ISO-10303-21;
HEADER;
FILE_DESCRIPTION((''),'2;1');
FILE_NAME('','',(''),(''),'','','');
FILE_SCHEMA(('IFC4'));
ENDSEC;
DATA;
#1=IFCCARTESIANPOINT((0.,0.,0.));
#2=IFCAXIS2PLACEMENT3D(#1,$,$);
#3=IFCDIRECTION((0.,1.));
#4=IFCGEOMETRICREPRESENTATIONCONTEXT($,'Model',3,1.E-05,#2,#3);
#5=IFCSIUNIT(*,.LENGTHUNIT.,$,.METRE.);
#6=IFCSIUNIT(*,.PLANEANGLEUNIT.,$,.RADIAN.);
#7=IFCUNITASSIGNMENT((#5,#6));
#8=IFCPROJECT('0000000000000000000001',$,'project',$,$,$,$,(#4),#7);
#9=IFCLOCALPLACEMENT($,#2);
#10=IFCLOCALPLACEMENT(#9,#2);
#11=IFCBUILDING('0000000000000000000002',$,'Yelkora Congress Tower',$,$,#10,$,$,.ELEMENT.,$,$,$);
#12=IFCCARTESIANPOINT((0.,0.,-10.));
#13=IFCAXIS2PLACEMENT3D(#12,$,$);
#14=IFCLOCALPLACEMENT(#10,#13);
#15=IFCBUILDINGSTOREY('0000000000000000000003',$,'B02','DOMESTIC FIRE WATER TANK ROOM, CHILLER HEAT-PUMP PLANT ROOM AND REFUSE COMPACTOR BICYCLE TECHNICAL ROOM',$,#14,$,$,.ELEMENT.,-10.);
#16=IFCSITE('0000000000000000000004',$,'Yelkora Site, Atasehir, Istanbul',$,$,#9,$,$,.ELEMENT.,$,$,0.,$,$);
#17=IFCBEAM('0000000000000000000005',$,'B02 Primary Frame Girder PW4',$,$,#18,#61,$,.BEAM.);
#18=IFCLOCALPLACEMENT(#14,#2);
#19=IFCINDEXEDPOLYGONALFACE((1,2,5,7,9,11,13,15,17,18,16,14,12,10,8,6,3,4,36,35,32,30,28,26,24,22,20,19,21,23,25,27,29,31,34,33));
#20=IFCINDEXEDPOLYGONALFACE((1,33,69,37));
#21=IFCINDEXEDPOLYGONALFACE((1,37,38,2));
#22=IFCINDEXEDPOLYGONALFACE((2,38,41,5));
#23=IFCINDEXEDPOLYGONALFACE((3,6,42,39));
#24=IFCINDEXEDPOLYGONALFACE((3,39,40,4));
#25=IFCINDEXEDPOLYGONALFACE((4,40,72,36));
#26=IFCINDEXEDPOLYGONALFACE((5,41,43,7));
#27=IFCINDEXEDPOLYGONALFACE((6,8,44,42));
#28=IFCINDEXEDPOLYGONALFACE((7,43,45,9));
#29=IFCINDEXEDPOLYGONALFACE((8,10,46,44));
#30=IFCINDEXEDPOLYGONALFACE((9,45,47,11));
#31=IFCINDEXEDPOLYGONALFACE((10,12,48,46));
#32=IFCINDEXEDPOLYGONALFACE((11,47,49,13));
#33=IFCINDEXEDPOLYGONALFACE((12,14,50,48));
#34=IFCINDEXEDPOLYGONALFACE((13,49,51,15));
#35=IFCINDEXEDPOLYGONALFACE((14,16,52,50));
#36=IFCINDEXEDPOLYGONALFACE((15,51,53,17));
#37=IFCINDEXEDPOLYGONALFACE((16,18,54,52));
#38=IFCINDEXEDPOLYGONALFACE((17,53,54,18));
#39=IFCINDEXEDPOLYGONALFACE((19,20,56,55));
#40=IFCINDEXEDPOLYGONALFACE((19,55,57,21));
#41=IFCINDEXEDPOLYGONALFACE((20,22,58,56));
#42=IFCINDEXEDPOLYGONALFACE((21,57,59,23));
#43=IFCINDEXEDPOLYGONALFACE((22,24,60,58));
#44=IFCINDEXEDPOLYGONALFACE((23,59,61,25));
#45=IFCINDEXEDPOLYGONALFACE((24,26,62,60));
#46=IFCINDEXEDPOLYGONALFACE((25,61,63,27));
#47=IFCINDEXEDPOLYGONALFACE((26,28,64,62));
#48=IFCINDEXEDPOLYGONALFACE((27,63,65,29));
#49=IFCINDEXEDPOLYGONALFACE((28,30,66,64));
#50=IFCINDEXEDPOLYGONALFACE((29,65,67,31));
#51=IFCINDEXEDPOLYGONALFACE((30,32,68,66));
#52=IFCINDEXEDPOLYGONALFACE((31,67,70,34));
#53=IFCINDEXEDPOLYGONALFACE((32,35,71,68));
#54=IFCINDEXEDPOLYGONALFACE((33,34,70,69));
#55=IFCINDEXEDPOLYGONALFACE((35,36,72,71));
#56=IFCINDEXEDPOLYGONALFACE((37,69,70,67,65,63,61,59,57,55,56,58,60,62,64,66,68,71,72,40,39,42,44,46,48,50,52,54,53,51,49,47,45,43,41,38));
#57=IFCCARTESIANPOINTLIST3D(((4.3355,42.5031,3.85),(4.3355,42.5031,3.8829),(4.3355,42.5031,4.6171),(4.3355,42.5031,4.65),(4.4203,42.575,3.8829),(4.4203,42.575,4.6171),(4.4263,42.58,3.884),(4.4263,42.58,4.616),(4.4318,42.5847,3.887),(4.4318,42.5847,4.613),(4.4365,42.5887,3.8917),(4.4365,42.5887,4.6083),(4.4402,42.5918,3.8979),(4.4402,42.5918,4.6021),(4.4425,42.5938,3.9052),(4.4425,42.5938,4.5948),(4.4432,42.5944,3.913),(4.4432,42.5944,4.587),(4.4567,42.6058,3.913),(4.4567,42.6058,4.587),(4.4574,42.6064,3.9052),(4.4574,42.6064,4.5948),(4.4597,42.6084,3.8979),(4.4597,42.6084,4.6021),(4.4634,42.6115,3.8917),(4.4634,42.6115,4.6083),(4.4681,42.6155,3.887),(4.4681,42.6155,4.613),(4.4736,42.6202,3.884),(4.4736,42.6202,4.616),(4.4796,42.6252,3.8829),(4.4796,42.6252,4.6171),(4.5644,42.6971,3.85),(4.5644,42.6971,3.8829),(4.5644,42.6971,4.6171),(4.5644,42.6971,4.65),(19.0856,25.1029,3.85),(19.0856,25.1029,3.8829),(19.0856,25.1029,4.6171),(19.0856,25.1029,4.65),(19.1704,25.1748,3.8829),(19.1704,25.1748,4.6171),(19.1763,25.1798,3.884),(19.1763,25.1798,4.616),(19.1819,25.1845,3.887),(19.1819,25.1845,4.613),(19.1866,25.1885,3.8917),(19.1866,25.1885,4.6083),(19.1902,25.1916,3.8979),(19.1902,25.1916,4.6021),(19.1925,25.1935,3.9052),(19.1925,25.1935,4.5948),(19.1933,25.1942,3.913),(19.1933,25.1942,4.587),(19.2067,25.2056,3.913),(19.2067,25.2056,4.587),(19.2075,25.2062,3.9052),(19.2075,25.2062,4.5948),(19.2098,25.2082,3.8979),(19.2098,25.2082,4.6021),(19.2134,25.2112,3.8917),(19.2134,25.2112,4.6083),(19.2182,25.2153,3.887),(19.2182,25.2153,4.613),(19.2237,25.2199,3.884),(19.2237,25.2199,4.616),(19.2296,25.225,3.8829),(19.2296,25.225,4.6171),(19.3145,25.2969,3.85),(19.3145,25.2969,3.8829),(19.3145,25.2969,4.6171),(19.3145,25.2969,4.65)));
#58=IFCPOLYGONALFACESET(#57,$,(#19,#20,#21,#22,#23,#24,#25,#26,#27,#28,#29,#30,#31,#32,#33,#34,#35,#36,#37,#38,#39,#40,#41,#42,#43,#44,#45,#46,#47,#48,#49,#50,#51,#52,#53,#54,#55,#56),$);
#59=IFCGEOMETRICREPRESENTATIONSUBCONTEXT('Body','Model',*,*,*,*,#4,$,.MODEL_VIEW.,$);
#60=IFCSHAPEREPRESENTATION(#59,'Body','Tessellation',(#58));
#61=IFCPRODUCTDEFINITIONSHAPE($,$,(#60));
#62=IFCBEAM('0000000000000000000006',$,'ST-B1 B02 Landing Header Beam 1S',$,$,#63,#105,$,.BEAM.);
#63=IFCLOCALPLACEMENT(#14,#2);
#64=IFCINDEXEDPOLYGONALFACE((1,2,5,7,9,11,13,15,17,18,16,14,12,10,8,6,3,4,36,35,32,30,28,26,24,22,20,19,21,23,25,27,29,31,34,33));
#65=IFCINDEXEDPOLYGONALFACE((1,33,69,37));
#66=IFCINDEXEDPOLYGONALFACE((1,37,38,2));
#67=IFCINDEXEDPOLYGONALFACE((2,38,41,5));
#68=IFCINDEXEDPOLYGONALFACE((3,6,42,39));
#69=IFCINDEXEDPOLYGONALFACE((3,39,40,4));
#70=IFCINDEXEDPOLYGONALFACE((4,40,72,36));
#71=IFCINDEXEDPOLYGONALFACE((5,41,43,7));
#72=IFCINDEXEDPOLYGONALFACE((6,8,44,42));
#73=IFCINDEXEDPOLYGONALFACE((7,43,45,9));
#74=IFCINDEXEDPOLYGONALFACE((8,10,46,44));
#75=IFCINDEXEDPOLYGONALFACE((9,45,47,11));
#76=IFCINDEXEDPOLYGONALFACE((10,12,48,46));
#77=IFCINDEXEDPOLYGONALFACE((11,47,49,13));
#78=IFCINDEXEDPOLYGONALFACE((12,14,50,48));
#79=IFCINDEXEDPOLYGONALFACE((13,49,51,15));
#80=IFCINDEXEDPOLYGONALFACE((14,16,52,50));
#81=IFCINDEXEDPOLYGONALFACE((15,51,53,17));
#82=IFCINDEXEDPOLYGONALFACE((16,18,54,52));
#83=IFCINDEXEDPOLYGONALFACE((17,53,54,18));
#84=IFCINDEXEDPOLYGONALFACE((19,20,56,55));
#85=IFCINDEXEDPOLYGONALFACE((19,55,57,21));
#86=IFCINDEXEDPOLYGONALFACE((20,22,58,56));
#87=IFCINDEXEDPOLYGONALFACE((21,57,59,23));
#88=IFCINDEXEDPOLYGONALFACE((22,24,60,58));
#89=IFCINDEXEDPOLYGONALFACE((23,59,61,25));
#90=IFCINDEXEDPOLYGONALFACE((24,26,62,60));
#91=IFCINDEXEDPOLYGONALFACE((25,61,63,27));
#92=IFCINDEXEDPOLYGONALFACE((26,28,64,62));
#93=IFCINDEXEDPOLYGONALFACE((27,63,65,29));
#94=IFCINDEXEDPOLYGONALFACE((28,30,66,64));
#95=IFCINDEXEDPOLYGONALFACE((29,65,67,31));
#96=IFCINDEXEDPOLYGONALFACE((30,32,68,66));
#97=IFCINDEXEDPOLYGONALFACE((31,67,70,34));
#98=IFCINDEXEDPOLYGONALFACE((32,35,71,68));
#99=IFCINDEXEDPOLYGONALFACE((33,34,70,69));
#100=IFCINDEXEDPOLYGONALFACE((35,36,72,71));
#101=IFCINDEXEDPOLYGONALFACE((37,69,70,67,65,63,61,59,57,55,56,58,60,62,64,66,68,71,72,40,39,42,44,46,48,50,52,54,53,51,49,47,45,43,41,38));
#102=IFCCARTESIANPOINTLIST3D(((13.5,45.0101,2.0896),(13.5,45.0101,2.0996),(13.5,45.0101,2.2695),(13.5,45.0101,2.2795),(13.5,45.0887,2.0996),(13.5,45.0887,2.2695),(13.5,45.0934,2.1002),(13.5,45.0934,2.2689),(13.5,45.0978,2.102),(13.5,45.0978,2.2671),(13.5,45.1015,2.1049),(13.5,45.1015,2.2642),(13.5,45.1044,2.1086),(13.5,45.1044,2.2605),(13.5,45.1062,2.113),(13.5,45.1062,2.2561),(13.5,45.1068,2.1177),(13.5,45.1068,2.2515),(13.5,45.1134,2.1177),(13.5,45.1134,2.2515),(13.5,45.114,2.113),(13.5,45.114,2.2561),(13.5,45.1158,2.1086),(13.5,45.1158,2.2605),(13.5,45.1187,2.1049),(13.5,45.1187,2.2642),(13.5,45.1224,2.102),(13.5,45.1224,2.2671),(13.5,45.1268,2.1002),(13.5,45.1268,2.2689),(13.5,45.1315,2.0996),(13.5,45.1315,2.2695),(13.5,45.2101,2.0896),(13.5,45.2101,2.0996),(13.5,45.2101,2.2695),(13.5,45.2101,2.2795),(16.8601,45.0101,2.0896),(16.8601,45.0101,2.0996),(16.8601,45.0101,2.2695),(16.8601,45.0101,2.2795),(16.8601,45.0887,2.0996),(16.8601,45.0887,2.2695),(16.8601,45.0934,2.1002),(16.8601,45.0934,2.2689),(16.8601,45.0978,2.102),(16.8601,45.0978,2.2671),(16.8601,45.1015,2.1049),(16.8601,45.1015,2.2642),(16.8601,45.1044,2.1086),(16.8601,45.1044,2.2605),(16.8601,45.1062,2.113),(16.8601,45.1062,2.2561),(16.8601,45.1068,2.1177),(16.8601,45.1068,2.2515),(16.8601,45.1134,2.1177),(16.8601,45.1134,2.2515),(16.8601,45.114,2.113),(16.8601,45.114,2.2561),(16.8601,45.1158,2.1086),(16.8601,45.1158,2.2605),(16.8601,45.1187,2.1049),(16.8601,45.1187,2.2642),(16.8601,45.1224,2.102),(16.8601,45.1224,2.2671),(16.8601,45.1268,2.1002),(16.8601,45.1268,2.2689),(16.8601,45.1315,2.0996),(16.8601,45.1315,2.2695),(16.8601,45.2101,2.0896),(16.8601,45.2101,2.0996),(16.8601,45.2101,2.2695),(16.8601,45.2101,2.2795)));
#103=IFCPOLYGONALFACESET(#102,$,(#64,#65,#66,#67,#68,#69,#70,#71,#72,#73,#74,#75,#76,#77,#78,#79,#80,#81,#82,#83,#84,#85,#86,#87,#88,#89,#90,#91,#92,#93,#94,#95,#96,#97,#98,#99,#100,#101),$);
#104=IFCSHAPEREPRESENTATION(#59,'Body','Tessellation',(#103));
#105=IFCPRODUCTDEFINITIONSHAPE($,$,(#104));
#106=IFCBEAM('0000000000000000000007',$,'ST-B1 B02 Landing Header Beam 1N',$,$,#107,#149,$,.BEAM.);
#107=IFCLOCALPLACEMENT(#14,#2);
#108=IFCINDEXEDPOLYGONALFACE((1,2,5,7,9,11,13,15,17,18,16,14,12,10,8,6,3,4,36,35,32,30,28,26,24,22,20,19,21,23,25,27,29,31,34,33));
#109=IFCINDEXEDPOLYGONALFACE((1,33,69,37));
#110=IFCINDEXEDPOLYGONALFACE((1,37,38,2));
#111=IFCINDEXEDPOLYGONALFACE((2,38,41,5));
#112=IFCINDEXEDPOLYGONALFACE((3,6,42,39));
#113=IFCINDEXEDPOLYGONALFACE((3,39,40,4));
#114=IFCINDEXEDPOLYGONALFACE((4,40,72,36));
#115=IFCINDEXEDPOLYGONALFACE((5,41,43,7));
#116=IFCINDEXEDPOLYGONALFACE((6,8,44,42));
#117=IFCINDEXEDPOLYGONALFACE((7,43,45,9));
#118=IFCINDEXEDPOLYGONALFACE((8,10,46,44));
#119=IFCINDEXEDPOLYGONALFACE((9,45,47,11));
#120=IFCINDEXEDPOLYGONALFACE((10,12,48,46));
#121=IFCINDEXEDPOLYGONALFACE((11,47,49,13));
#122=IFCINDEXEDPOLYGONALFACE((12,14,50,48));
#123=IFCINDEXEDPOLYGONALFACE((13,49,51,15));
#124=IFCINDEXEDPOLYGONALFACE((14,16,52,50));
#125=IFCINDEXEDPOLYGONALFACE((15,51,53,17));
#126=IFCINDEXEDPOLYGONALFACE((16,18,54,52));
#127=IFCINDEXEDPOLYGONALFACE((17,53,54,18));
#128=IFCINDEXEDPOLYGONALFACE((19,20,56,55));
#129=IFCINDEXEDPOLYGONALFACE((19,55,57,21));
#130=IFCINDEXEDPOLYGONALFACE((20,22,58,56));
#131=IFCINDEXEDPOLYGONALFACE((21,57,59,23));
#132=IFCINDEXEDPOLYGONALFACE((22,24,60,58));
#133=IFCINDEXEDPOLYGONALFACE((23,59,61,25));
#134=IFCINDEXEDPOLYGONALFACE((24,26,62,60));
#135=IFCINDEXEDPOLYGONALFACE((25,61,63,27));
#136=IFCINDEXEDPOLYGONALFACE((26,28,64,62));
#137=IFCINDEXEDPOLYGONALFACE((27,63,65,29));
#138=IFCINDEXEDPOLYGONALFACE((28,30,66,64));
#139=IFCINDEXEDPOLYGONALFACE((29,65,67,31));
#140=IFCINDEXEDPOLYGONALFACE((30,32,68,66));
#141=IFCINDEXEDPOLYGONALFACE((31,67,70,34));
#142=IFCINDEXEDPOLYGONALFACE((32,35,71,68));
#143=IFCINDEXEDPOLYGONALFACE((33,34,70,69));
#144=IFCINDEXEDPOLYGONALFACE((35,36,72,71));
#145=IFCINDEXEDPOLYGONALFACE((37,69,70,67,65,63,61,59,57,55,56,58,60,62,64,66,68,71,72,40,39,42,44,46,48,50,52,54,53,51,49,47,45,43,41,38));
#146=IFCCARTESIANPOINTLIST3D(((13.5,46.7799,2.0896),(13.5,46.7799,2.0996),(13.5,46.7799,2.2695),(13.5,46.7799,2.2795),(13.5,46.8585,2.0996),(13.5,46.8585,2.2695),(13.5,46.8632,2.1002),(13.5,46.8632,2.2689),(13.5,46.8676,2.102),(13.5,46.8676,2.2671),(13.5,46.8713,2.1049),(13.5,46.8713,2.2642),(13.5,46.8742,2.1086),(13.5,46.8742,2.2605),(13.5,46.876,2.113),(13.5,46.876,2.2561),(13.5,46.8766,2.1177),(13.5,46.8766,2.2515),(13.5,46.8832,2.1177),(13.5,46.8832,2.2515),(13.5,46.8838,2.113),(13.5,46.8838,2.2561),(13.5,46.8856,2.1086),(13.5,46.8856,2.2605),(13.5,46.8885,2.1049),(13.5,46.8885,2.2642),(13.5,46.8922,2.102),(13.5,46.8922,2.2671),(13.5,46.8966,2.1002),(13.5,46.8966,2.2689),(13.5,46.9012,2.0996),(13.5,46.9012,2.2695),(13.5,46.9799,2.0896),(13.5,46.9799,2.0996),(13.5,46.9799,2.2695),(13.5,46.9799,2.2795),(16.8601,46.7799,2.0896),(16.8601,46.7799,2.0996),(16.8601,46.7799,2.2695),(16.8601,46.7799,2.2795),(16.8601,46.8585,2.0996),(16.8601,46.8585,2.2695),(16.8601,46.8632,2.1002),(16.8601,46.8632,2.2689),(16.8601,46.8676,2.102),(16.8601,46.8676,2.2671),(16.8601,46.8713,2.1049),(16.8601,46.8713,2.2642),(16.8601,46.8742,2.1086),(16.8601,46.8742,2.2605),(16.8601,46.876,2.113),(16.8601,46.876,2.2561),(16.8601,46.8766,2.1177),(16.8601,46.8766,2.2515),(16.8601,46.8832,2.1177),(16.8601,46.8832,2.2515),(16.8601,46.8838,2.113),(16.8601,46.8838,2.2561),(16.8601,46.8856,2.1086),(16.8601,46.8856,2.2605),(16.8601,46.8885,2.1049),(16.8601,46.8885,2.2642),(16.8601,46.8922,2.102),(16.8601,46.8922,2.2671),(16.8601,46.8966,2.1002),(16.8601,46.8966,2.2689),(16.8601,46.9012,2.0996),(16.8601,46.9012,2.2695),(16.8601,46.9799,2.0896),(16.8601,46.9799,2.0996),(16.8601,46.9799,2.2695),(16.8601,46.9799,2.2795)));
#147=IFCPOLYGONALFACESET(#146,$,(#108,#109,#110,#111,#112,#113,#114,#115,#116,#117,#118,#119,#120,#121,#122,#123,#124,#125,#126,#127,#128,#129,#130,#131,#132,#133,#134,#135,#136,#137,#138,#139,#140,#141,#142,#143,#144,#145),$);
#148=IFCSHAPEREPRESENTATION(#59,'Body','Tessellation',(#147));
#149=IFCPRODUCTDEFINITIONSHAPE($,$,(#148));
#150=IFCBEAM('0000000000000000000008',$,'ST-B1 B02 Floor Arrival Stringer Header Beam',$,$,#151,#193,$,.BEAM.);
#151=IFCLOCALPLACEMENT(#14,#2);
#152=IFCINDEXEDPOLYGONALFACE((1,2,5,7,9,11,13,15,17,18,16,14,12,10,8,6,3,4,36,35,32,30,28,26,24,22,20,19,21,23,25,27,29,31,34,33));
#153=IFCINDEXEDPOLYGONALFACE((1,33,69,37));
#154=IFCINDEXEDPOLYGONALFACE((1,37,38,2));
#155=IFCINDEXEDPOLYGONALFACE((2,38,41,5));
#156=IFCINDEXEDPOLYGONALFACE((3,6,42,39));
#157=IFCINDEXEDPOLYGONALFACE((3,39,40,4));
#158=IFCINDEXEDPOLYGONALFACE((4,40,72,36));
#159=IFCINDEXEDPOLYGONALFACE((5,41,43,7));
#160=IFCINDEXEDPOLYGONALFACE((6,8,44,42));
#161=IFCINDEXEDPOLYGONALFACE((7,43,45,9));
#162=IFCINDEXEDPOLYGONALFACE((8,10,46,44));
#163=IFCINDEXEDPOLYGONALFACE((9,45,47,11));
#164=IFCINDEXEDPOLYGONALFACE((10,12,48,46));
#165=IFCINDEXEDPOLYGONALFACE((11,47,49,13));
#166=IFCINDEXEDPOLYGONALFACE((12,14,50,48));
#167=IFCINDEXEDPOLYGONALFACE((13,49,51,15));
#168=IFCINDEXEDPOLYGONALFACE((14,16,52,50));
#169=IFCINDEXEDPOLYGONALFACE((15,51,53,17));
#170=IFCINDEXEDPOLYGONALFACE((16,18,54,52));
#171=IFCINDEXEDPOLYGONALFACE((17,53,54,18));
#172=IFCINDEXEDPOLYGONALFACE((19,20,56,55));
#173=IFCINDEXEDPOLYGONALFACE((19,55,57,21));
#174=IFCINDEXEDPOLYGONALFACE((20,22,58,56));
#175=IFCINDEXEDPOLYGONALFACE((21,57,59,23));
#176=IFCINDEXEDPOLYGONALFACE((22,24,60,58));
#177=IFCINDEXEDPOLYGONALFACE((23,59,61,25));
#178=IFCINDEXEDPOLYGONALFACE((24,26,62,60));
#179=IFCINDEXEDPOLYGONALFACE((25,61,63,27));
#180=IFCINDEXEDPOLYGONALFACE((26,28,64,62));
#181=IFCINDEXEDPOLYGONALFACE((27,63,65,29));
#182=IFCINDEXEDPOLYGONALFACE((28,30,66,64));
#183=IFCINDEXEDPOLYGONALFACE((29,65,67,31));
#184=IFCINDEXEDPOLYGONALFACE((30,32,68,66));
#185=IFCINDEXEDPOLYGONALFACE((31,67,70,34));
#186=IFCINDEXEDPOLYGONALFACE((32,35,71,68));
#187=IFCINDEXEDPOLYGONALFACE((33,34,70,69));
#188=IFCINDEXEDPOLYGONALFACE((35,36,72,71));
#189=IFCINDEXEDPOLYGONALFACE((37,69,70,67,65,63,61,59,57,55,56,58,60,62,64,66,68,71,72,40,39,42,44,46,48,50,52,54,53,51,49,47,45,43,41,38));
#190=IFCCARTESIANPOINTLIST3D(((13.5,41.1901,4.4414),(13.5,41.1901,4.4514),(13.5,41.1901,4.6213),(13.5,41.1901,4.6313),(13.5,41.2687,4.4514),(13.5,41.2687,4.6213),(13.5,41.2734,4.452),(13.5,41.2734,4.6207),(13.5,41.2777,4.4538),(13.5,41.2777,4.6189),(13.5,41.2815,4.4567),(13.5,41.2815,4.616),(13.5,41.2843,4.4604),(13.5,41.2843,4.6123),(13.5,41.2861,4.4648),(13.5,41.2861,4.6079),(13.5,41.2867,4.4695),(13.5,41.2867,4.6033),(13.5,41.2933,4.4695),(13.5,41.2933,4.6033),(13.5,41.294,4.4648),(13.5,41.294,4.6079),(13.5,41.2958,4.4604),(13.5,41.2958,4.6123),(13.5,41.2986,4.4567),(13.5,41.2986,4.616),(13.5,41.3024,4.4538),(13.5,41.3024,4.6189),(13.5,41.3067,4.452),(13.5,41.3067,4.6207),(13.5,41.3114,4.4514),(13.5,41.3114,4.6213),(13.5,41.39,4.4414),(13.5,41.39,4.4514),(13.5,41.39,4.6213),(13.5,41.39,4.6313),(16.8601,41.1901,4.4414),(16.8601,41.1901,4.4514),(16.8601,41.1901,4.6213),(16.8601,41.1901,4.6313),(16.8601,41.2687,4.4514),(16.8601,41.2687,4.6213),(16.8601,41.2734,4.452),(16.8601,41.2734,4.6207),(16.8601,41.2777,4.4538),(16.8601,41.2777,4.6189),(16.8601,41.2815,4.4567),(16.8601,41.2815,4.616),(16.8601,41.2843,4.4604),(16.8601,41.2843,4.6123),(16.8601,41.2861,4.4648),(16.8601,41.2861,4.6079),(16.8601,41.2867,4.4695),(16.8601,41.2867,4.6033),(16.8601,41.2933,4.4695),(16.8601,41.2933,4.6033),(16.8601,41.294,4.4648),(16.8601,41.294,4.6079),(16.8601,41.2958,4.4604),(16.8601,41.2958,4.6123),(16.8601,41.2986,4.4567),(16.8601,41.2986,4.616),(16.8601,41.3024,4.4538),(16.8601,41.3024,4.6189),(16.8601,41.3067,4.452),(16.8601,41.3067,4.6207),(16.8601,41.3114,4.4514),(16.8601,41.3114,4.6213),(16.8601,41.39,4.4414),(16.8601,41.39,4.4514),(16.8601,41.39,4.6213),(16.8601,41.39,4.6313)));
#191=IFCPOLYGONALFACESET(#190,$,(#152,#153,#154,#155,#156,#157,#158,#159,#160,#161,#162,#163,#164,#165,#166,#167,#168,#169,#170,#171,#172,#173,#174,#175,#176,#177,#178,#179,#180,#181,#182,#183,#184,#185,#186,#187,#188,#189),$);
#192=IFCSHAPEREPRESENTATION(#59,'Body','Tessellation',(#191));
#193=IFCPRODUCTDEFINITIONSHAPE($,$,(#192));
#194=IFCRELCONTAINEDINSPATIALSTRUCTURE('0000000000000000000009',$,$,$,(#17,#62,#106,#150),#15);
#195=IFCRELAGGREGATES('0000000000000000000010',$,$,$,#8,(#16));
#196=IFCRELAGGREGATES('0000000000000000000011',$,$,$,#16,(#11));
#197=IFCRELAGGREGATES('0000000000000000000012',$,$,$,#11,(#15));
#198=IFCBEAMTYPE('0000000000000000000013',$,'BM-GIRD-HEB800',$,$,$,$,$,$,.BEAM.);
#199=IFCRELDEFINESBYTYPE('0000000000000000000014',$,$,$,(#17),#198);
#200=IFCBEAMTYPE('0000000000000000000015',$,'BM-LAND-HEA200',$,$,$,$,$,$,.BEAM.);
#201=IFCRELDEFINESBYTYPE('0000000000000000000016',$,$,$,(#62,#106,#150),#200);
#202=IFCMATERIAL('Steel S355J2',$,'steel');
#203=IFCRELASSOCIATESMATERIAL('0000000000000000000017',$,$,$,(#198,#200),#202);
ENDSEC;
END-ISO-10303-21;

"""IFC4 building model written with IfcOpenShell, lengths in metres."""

from ifc_helpers import new_model, si_unit, direction, frame, origin, origin_2d, place, context, subcontext, project, spatial, i_section, extrude, material, material_profile, profile_set, type_object, element, save


model = new_model("IFC4")

# Units and contexts
model_context = context("Model", 3, precision=1e-05, world=origin(), true_north=direction((0.0, 1.0)))
body_context = subcontext(model_context, "Body", "Model", "MODEL_VIEW")
ifc_project = project(units=[si_unit("LENGTHUNIT", "METRE"), si_unit("PLANEANGLEUNIT", "RADIAN")], contexts=[model_context])

# Site, building, storey
site_placement = place(None, origin())
site = spatial("IfcSite", under=ifc_project, at=site_placement, Name="Yelkora Site, Atasehir, Istanbul", CompositionType="ELEMENT", RefElevation=0.0)
building_placement = place(site_placement, origin())
building = spatial("IfcBuilding", under=site, at=building_placement, Name="Yelkora Congress Tower", CompositionType="ELEMENT")
storey_placement = place(building_placement, frame((0.0, 0.0, -10.0)))
storey = spatial("IfcBuildingStorey", under=building, at=storey_placement, Name="B02", Description="DOMESTIC FIRE WATER TANK ROOM, CHILLER HEAT-PUMP PLANT ROOM AND REFUSE COMPACTOR BICYCLE TECHNICAL ROOM", CompositionType="ELEMENT", Elevation=-10.0)

# Beams
ifc_material_1 = material(Name="Steel S355J2", Category="steel")
ifc_material_profile_1 = material_profile(ifc_material_1, i_section(OverallWidth=0.3, OverallDepth=0.8, WebThickness=0.0176, FlangeThickness=0.033, FilletRadius=0.03, at=origin_2d()), Name="HEB 800")
ifc_profile_set_1 = profile_set([ifc_material_profile_1], Name="Steel S355J2")
beam_type_1 = type_object("IfcBeamType", Name="BM-GIRD-HEB800", PredefinedType="BEAM", material=ifc_profile_set_1)
beam_1_placement = place(storey_placement, frame((4.45, 42.6001, 4.25), z_axis=(0.646627, -0.762807, 0.0), x_axis=(0.762807, 0.646627, 0.0)))
element("IfcBeam", 1, at=beam_1_placement, inside=storey, type_object=beam_type_1, Name="B02 Primary Frame Girder PW4", PredefinedType="BEAM", context=body_context, shape_type="SweptSolid", body=[
    extrude(i_section(OverallWidth=0.3, OverallDepth=0.8, WebThickness=0.0176, FlangeThickness=0.033, FilletRadius=0.03, at=origin_2d()), origin(), (0.0, 0.0, 1.0), 22.8108),
])
ifc_material_profile_2 = material_profile(ifc_material_1, i_section(OverallWidth=0.2, OverallDepth=0.1899, WebThickness=0.0066, FlangeThickness=0.01, FilletRadius=0.0181, at=origin_2d()), Name="HEA 200")
ifc_profile_set_2 = profile_set([ifc_material_profile_2], Name="Steel S355J2")
beam_type_2 = type_object("IfcBeamType", Name="BM-LAND-HEA200", PredefinedType="BEAM", material=ifc_profile_set_2)
for number, where, z_axis, x_axis, name in (
    (2, (13.5, 45.1101, 2.1846), (1.0, 0.0, 0.0), (0.0, 1.0, 0.0), "ST-B1 B02 Landing Header Beam 1S"),
    (3, (13.5, 46.8799, 2.1846), (1.0, 0.0, 0.0), (0.0, 1.0, 0.0), "ST-B1 B02 Landing Header Beam 1N"),
    (4, (13.5, 41.29, 4.5364), (1.0, 0.0, 0.0), (0.0, 1.0, 0.0), "ST-B1 B02 Floor Arrival Stringer Header Beam"),
):
    element("IfcBeam", number, at=place(storey_placement, frame(where, z_axis=z_axis, x_axis=x_axis)), inside=storey, type_object=beam_type_2, Name=name, PredefinedType="BEAM", context=body_context, shape_type="SweptSolid", body=[
        extrude(i_section(OverallWidth=0.2, OverallDepth=0.1899, WebThickness=0.0066, FlangeThickness=0.01, FilletRadius=0.0181, at=origin_2d()), origin(), (0.0, 0.0, 1.0), 3.3601),
    ])

save(model, "model.ifc")
